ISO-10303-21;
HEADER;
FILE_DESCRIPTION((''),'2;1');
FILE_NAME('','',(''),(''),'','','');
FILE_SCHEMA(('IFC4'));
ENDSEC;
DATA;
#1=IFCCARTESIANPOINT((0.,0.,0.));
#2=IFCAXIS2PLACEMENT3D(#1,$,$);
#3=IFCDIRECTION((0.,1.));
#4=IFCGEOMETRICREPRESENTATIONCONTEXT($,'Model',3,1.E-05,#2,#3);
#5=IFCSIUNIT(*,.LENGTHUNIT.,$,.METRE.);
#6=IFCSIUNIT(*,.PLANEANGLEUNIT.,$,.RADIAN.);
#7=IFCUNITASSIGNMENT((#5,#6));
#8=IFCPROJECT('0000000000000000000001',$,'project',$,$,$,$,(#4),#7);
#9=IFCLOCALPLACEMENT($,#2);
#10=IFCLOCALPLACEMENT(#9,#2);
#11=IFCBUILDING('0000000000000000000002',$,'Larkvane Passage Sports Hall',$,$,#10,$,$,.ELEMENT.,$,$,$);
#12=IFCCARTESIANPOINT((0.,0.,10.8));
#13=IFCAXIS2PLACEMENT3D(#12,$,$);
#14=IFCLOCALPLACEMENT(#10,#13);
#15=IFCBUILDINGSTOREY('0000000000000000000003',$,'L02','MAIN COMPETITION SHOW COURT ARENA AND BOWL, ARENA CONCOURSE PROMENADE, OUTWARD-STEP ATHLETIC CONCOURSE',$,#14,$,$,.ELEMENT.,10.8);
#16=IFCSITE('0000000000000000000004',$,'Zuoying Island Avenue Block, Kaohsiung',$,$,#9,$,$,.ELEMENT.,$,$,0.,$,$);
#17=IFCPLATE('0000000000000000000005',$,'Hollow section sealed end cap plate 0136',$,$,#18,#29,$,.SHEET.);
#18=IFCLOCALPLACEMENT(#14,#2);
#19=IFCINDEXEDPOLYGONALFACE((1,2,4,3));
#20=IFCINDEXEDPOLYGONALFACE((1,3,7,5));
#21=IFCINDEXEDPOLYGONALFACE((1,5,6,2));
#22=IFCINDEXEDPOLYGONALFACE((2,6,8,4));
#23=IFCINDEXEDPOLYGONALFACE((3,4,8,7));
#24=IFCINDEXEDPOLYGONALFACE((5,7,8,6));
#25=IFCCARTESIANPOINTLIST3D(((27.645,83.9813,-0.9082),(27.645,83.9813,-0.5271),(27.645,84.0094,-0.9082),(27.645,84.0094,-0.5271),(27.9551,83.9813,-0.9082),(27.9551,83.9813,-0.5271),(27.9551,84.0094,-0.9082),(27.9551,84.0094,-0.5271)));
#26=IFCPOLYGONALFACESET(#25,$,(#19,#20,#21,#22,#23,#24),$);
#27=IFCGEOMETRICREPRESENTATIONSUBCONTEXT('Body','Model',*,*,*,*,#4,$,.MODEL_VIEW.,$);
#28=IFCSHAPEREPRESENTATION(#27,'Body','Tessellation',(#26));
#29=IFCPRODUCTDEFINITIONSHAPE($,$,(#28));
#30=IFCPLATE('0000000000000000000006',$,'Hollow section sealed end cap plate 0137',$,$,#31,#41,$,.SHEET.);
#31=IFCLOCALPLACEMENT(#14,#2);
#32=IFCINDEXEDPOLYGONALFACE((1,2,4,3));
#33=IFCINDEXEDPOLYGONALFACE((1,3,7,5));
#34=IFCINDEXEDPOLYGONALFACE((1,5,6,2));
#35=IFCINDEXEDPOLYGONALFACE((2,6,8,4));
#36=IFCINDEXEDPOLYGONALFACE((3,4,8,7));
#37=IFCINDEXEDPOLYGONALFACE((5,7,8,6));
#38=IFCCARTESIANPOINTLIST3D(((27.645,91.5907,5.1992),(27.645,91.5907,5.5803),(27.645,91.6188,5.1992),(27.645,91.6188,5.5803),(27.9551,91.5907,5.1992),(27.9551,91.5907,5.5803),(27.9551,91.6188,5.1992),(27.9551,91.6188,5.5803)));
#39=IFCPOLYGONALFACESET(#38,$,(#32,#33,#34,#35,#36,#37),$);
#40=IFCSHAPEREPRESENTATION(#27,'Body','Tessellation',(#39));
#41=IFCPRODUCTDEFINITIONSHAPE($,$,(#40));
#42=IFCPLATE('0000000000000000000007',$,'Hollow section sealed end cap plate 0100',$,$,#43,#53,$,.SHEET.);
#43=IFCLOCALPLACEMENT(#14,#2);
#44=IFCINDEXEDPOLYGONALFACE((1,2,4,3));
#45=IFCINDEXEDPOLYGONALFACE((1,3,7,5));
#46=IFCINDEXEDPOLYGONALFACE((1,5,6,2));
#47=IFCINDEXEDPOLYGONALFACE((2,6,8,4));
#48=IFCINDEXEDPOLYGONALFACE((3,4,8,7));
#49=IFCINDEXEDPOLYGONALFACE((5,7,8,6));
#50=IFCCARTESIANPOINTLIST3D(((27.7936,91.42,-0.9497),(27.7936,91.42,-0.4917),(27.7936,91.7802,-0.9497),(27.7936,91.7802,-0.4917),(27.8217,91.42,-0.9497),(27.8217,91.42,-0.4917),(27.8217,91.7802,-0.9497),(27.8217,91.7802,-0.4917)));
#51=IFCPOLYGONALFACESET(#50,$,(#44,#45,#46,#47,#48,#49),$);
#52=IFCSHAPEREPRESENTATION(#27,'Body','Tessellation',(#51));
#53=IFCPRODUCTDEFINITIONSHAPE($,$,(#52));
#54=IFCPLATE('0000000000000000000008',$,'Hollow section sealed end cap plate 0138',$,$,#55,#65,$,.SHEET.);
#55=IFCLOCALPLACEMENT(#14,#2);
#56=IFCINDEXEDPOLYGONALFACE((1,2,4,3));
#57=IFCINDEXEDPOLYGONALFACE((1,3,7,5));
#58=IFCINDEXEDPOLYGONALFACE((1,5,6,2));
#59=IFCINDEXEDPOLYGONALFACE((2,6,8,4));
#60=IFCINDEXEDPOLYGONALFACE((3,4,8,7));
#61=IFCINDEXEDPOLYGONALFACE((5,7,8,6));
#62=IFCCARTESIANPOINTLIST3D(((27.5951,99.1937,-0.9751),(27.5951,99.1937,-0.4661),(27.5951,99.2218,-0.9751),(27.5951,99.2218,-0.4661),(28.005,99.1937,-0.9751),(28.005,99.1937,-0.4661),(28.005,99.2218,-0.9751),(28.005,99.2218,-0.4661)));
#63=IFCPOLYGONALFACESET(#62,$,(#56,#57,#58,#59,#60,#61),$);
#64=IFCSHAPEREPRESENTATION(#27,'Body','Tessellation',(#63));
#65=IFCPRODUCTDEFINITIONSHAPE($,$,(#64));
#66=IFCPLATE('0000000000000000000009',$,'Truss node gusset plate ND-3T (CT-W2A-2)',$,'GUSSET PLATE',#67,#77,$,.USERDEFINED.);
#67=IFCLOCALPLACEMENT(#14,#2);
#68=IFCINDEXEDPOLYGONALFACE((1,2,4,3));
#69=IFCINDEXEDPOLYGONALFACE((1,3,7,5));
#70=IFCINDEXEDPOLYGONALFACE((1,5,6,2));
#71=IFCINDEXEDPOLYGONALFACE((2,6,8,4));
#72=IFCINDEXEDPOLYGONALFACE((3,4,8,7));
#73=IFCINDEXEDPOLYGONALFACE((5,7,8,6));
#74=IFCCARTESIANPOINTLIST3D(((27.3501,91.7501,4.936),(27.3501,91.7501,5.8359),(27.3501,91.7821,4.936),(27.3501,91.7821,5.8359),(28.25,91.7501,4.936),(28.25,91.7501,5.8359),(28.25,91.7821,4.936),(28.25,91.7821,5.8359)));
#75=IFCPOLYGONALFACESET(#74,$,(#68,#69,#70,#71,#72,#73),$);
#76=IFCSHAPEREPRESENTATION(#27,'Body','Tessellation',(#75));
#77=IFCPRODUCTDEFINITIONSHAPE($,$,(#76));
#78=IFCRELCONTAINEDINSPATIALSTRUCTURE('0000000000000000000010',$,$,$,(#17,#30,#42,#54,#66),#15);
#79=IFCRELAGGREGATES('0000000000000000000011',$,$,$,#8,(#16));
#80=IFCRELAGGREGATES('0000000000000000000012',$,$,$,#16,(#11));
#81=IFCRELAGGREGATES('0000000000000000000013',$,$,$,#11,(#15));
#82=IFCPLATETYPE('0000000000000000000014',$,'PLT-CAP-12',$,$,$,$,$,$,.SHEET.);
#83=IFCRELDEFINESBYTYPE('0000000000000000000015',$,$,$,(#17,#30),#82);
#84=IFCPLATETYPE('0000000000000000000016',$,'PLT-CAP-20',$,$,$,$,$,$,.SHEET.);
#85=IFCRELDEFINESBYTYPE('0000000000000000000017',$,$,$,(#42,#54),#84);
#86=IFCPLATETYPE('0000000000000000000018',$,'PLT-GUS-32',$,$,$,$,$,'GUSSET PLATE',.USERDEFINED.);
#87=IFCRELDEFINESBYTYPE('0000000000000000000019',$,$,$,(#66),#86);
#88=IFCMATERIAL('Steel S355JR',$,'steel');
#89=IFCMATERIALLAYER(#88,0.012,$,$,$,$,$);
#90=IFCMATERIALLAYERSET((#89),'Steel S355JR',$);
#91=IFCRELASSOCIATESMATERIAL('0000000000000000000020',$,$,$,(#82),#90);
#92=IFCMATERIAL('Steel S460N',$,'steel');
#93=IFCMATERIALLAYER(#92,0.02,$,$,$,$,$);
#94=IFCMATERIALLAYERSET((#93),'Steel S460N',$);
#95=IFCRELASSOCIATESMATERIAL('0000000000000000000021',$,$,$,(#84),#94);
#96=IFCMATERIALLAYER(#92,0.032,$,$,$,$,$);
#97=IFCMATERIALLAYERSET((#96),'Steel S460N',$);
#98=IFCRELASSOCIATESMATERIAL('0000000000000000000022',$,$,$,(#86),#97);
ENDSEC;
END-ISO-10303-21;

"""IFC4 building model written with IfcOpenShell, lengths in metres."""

from ifc_helpers import new_model, si_unit, direction, frame, origin, origin_2d, place, context, subcontext, project, spatial, rectangle, extrude, material, layer, layer_set, type_object, element, save


model = new_model("IFC4")

# Units and contexts
model_context = context("Model", 3, precision=1e-05, world=origin(), true_north=direction((0.0, 1.0)))
body_context = subcontext(model_context, "Body", "Model", "MODEL_VIEW")
ifc_project = project(units=[si_unit("LENGTHUNIT", "METRE"), si_unit("PLANEANGLEUNIT", "RADIAN")], contexts=[model_context])

# Site, building, storey
site_placement = place(None, origin())
site = spatial("IfcSite", under=ifc_project, at=site_placement, Name="Zuoying Island Avenue Block, Kaohsiung", CompositionType="ELEMENT", RefElevation=0.0)
building_placement = place(site_placement, origin())
building = spatial("IfcBuilding", under=site, at=building_placement, Name="Larkvane Passage Sports Hall", CompositionType="ELEMENT")
storey_placement = place(building_placement, frame((0.0, 0.0, 10.8)))
storey = spatial("IfcBuildingStorey", under=building, at=storey_placement, Name="L02", Description="MAIN COMPETITION SHOW COURT ARENA AND BOWL, ARENA CONCOURSE PROMENADE, OUTWARD-STEP ATHLETIC CONCOURSE", CompositionType="ELEMENT", Elevation=10.8)

# Shared definitions
ifc_material_1 = material(Name="Steel S460N", Category="steel")

# Plates
ifc_material_2 = material(Name="Steel S355JR", Category="steel")
ifc_layer_1 = layer(ifc_material_2, 0.012)
ifc_layer_set_1 = layer_set([ifc_layer_1], Name="Steel S355JR")
plate_type_1 = type_object("IfcPlateType", Name="PLT-CAP-12", PredefinedType="SHEET", material=ifc_layer_set_1)
for number, where, z_axis, x_axis, name in (
    (1, (27.8, 83.9954, -0.9082), (0.0, 0.0, 1.0), (-1.0, 0.0, 0.0), "Hollow section sealed end cap plate 0136"),
    (2, (27.8, 91.6047, 5.1992), (0.0, 0.0, 1.0), (-1.0, 0.0, 0.0), "Hollow section sealed end cap plate 0137"),
):
    element("IfcPlate", number, at=place(storey_placement, frame(where, z_axis=z_axis, x_axis=x_axis)), inside=storey, type_object=plate_type_1, Name=name, PredefinedType="SHEET", context=body_context, shape_type="SweptSolid", body=[
        extrude(rectangle(XDim=0.3101, YDim=0.0281, at=origin_2d()), origin(), (0.0, 0.0, 1.0), 0.3811),
    ])
ifc_layer_2 = layer(ifc_material_1, 0.02)
ifc_layer_set_2 = layer_set([ifc_layer_2], Name="Steel S460N")
plate_type_2 = type_object("IfcPlateType", Name="PLT-CAP-20", PredefinedType="SHEET", material=ifc_layer_set_2)
plate_1_placement = place(storey_placement, frame((27.8076, 91.6001, -0.9497), z_axis=(0.0, 0.0, 1.0), x_axis=(0.0, 1.0, 0.0)))
element("IfcPlate", 3, at=plate_1_placement, inside=storey, type_object=plate_type_2, Name="Hollow section sealed end cap plate 0100", PredefinedType="SHEET", context=body_context, shape_type="SweptSolid", body=[
    extrude(rectangle(XDim=0.3601, YDim=0.0281, at=origin_2d()), origin(), (0.0, 0.0, 1.0), 0.458),
])
plate_2_placement = place(storey_placement, frame((27.8, 99.2078, -0.9751), z_axis=(0.0, 0.0, 1.0), x_axis=(-1.0, 0.0, 0.0)))
element("IfcPlate", 4, at=plate_2_placement, inside=storey, type_object=plate_type_2, Name="Hollow section sealed end cap plate 0138", PredefinedType="SHEET", context=body_context, shape_type="SweptSolid", body=[
    extrude(rectangle(XDim=0.4099, YDim=0.0281, at=origin_2d()), origin(), (0.0, 0.0, 1.0), 0.509),
])
ifc_layer_3 = layer(ifc_material_1, 0.032)
ifc_layer_set_3 = layer_set([ifc_layer_3], Name="Steel S460N")
plate_type_3 = type_object("IfcPlateType", Name="PLT-GUS-32", ElementType="GUSSET PLATE", PredefinedType="USERDEFINED", material=ifc_layer_set_3)
plate_3_placement = place(storey_placement, frame((27.8, 91.7661, 4.936), z_axis=(0.0, 0.0, 1.0), x_axis=(1.0, 0.0, 0.0)))
element("IfcPlate", 5, at=plate_3_placement, inside=storey, type_object=plate_type_3, Name="Truss node gusset plate ND-3T (CT-W2A-2)", ObjectType="GUSSET PLATE", PredefinedType="USERDEFINED", context=body_context, shape_type="SweptSolid", body=[
    extrude(rectangle(XDim=0.8999, YDim=0.032, at=origin_2d()), origin(), (0.0, 0.0, 1.0), 0.8999),
])

save(model, "model.ifc")
